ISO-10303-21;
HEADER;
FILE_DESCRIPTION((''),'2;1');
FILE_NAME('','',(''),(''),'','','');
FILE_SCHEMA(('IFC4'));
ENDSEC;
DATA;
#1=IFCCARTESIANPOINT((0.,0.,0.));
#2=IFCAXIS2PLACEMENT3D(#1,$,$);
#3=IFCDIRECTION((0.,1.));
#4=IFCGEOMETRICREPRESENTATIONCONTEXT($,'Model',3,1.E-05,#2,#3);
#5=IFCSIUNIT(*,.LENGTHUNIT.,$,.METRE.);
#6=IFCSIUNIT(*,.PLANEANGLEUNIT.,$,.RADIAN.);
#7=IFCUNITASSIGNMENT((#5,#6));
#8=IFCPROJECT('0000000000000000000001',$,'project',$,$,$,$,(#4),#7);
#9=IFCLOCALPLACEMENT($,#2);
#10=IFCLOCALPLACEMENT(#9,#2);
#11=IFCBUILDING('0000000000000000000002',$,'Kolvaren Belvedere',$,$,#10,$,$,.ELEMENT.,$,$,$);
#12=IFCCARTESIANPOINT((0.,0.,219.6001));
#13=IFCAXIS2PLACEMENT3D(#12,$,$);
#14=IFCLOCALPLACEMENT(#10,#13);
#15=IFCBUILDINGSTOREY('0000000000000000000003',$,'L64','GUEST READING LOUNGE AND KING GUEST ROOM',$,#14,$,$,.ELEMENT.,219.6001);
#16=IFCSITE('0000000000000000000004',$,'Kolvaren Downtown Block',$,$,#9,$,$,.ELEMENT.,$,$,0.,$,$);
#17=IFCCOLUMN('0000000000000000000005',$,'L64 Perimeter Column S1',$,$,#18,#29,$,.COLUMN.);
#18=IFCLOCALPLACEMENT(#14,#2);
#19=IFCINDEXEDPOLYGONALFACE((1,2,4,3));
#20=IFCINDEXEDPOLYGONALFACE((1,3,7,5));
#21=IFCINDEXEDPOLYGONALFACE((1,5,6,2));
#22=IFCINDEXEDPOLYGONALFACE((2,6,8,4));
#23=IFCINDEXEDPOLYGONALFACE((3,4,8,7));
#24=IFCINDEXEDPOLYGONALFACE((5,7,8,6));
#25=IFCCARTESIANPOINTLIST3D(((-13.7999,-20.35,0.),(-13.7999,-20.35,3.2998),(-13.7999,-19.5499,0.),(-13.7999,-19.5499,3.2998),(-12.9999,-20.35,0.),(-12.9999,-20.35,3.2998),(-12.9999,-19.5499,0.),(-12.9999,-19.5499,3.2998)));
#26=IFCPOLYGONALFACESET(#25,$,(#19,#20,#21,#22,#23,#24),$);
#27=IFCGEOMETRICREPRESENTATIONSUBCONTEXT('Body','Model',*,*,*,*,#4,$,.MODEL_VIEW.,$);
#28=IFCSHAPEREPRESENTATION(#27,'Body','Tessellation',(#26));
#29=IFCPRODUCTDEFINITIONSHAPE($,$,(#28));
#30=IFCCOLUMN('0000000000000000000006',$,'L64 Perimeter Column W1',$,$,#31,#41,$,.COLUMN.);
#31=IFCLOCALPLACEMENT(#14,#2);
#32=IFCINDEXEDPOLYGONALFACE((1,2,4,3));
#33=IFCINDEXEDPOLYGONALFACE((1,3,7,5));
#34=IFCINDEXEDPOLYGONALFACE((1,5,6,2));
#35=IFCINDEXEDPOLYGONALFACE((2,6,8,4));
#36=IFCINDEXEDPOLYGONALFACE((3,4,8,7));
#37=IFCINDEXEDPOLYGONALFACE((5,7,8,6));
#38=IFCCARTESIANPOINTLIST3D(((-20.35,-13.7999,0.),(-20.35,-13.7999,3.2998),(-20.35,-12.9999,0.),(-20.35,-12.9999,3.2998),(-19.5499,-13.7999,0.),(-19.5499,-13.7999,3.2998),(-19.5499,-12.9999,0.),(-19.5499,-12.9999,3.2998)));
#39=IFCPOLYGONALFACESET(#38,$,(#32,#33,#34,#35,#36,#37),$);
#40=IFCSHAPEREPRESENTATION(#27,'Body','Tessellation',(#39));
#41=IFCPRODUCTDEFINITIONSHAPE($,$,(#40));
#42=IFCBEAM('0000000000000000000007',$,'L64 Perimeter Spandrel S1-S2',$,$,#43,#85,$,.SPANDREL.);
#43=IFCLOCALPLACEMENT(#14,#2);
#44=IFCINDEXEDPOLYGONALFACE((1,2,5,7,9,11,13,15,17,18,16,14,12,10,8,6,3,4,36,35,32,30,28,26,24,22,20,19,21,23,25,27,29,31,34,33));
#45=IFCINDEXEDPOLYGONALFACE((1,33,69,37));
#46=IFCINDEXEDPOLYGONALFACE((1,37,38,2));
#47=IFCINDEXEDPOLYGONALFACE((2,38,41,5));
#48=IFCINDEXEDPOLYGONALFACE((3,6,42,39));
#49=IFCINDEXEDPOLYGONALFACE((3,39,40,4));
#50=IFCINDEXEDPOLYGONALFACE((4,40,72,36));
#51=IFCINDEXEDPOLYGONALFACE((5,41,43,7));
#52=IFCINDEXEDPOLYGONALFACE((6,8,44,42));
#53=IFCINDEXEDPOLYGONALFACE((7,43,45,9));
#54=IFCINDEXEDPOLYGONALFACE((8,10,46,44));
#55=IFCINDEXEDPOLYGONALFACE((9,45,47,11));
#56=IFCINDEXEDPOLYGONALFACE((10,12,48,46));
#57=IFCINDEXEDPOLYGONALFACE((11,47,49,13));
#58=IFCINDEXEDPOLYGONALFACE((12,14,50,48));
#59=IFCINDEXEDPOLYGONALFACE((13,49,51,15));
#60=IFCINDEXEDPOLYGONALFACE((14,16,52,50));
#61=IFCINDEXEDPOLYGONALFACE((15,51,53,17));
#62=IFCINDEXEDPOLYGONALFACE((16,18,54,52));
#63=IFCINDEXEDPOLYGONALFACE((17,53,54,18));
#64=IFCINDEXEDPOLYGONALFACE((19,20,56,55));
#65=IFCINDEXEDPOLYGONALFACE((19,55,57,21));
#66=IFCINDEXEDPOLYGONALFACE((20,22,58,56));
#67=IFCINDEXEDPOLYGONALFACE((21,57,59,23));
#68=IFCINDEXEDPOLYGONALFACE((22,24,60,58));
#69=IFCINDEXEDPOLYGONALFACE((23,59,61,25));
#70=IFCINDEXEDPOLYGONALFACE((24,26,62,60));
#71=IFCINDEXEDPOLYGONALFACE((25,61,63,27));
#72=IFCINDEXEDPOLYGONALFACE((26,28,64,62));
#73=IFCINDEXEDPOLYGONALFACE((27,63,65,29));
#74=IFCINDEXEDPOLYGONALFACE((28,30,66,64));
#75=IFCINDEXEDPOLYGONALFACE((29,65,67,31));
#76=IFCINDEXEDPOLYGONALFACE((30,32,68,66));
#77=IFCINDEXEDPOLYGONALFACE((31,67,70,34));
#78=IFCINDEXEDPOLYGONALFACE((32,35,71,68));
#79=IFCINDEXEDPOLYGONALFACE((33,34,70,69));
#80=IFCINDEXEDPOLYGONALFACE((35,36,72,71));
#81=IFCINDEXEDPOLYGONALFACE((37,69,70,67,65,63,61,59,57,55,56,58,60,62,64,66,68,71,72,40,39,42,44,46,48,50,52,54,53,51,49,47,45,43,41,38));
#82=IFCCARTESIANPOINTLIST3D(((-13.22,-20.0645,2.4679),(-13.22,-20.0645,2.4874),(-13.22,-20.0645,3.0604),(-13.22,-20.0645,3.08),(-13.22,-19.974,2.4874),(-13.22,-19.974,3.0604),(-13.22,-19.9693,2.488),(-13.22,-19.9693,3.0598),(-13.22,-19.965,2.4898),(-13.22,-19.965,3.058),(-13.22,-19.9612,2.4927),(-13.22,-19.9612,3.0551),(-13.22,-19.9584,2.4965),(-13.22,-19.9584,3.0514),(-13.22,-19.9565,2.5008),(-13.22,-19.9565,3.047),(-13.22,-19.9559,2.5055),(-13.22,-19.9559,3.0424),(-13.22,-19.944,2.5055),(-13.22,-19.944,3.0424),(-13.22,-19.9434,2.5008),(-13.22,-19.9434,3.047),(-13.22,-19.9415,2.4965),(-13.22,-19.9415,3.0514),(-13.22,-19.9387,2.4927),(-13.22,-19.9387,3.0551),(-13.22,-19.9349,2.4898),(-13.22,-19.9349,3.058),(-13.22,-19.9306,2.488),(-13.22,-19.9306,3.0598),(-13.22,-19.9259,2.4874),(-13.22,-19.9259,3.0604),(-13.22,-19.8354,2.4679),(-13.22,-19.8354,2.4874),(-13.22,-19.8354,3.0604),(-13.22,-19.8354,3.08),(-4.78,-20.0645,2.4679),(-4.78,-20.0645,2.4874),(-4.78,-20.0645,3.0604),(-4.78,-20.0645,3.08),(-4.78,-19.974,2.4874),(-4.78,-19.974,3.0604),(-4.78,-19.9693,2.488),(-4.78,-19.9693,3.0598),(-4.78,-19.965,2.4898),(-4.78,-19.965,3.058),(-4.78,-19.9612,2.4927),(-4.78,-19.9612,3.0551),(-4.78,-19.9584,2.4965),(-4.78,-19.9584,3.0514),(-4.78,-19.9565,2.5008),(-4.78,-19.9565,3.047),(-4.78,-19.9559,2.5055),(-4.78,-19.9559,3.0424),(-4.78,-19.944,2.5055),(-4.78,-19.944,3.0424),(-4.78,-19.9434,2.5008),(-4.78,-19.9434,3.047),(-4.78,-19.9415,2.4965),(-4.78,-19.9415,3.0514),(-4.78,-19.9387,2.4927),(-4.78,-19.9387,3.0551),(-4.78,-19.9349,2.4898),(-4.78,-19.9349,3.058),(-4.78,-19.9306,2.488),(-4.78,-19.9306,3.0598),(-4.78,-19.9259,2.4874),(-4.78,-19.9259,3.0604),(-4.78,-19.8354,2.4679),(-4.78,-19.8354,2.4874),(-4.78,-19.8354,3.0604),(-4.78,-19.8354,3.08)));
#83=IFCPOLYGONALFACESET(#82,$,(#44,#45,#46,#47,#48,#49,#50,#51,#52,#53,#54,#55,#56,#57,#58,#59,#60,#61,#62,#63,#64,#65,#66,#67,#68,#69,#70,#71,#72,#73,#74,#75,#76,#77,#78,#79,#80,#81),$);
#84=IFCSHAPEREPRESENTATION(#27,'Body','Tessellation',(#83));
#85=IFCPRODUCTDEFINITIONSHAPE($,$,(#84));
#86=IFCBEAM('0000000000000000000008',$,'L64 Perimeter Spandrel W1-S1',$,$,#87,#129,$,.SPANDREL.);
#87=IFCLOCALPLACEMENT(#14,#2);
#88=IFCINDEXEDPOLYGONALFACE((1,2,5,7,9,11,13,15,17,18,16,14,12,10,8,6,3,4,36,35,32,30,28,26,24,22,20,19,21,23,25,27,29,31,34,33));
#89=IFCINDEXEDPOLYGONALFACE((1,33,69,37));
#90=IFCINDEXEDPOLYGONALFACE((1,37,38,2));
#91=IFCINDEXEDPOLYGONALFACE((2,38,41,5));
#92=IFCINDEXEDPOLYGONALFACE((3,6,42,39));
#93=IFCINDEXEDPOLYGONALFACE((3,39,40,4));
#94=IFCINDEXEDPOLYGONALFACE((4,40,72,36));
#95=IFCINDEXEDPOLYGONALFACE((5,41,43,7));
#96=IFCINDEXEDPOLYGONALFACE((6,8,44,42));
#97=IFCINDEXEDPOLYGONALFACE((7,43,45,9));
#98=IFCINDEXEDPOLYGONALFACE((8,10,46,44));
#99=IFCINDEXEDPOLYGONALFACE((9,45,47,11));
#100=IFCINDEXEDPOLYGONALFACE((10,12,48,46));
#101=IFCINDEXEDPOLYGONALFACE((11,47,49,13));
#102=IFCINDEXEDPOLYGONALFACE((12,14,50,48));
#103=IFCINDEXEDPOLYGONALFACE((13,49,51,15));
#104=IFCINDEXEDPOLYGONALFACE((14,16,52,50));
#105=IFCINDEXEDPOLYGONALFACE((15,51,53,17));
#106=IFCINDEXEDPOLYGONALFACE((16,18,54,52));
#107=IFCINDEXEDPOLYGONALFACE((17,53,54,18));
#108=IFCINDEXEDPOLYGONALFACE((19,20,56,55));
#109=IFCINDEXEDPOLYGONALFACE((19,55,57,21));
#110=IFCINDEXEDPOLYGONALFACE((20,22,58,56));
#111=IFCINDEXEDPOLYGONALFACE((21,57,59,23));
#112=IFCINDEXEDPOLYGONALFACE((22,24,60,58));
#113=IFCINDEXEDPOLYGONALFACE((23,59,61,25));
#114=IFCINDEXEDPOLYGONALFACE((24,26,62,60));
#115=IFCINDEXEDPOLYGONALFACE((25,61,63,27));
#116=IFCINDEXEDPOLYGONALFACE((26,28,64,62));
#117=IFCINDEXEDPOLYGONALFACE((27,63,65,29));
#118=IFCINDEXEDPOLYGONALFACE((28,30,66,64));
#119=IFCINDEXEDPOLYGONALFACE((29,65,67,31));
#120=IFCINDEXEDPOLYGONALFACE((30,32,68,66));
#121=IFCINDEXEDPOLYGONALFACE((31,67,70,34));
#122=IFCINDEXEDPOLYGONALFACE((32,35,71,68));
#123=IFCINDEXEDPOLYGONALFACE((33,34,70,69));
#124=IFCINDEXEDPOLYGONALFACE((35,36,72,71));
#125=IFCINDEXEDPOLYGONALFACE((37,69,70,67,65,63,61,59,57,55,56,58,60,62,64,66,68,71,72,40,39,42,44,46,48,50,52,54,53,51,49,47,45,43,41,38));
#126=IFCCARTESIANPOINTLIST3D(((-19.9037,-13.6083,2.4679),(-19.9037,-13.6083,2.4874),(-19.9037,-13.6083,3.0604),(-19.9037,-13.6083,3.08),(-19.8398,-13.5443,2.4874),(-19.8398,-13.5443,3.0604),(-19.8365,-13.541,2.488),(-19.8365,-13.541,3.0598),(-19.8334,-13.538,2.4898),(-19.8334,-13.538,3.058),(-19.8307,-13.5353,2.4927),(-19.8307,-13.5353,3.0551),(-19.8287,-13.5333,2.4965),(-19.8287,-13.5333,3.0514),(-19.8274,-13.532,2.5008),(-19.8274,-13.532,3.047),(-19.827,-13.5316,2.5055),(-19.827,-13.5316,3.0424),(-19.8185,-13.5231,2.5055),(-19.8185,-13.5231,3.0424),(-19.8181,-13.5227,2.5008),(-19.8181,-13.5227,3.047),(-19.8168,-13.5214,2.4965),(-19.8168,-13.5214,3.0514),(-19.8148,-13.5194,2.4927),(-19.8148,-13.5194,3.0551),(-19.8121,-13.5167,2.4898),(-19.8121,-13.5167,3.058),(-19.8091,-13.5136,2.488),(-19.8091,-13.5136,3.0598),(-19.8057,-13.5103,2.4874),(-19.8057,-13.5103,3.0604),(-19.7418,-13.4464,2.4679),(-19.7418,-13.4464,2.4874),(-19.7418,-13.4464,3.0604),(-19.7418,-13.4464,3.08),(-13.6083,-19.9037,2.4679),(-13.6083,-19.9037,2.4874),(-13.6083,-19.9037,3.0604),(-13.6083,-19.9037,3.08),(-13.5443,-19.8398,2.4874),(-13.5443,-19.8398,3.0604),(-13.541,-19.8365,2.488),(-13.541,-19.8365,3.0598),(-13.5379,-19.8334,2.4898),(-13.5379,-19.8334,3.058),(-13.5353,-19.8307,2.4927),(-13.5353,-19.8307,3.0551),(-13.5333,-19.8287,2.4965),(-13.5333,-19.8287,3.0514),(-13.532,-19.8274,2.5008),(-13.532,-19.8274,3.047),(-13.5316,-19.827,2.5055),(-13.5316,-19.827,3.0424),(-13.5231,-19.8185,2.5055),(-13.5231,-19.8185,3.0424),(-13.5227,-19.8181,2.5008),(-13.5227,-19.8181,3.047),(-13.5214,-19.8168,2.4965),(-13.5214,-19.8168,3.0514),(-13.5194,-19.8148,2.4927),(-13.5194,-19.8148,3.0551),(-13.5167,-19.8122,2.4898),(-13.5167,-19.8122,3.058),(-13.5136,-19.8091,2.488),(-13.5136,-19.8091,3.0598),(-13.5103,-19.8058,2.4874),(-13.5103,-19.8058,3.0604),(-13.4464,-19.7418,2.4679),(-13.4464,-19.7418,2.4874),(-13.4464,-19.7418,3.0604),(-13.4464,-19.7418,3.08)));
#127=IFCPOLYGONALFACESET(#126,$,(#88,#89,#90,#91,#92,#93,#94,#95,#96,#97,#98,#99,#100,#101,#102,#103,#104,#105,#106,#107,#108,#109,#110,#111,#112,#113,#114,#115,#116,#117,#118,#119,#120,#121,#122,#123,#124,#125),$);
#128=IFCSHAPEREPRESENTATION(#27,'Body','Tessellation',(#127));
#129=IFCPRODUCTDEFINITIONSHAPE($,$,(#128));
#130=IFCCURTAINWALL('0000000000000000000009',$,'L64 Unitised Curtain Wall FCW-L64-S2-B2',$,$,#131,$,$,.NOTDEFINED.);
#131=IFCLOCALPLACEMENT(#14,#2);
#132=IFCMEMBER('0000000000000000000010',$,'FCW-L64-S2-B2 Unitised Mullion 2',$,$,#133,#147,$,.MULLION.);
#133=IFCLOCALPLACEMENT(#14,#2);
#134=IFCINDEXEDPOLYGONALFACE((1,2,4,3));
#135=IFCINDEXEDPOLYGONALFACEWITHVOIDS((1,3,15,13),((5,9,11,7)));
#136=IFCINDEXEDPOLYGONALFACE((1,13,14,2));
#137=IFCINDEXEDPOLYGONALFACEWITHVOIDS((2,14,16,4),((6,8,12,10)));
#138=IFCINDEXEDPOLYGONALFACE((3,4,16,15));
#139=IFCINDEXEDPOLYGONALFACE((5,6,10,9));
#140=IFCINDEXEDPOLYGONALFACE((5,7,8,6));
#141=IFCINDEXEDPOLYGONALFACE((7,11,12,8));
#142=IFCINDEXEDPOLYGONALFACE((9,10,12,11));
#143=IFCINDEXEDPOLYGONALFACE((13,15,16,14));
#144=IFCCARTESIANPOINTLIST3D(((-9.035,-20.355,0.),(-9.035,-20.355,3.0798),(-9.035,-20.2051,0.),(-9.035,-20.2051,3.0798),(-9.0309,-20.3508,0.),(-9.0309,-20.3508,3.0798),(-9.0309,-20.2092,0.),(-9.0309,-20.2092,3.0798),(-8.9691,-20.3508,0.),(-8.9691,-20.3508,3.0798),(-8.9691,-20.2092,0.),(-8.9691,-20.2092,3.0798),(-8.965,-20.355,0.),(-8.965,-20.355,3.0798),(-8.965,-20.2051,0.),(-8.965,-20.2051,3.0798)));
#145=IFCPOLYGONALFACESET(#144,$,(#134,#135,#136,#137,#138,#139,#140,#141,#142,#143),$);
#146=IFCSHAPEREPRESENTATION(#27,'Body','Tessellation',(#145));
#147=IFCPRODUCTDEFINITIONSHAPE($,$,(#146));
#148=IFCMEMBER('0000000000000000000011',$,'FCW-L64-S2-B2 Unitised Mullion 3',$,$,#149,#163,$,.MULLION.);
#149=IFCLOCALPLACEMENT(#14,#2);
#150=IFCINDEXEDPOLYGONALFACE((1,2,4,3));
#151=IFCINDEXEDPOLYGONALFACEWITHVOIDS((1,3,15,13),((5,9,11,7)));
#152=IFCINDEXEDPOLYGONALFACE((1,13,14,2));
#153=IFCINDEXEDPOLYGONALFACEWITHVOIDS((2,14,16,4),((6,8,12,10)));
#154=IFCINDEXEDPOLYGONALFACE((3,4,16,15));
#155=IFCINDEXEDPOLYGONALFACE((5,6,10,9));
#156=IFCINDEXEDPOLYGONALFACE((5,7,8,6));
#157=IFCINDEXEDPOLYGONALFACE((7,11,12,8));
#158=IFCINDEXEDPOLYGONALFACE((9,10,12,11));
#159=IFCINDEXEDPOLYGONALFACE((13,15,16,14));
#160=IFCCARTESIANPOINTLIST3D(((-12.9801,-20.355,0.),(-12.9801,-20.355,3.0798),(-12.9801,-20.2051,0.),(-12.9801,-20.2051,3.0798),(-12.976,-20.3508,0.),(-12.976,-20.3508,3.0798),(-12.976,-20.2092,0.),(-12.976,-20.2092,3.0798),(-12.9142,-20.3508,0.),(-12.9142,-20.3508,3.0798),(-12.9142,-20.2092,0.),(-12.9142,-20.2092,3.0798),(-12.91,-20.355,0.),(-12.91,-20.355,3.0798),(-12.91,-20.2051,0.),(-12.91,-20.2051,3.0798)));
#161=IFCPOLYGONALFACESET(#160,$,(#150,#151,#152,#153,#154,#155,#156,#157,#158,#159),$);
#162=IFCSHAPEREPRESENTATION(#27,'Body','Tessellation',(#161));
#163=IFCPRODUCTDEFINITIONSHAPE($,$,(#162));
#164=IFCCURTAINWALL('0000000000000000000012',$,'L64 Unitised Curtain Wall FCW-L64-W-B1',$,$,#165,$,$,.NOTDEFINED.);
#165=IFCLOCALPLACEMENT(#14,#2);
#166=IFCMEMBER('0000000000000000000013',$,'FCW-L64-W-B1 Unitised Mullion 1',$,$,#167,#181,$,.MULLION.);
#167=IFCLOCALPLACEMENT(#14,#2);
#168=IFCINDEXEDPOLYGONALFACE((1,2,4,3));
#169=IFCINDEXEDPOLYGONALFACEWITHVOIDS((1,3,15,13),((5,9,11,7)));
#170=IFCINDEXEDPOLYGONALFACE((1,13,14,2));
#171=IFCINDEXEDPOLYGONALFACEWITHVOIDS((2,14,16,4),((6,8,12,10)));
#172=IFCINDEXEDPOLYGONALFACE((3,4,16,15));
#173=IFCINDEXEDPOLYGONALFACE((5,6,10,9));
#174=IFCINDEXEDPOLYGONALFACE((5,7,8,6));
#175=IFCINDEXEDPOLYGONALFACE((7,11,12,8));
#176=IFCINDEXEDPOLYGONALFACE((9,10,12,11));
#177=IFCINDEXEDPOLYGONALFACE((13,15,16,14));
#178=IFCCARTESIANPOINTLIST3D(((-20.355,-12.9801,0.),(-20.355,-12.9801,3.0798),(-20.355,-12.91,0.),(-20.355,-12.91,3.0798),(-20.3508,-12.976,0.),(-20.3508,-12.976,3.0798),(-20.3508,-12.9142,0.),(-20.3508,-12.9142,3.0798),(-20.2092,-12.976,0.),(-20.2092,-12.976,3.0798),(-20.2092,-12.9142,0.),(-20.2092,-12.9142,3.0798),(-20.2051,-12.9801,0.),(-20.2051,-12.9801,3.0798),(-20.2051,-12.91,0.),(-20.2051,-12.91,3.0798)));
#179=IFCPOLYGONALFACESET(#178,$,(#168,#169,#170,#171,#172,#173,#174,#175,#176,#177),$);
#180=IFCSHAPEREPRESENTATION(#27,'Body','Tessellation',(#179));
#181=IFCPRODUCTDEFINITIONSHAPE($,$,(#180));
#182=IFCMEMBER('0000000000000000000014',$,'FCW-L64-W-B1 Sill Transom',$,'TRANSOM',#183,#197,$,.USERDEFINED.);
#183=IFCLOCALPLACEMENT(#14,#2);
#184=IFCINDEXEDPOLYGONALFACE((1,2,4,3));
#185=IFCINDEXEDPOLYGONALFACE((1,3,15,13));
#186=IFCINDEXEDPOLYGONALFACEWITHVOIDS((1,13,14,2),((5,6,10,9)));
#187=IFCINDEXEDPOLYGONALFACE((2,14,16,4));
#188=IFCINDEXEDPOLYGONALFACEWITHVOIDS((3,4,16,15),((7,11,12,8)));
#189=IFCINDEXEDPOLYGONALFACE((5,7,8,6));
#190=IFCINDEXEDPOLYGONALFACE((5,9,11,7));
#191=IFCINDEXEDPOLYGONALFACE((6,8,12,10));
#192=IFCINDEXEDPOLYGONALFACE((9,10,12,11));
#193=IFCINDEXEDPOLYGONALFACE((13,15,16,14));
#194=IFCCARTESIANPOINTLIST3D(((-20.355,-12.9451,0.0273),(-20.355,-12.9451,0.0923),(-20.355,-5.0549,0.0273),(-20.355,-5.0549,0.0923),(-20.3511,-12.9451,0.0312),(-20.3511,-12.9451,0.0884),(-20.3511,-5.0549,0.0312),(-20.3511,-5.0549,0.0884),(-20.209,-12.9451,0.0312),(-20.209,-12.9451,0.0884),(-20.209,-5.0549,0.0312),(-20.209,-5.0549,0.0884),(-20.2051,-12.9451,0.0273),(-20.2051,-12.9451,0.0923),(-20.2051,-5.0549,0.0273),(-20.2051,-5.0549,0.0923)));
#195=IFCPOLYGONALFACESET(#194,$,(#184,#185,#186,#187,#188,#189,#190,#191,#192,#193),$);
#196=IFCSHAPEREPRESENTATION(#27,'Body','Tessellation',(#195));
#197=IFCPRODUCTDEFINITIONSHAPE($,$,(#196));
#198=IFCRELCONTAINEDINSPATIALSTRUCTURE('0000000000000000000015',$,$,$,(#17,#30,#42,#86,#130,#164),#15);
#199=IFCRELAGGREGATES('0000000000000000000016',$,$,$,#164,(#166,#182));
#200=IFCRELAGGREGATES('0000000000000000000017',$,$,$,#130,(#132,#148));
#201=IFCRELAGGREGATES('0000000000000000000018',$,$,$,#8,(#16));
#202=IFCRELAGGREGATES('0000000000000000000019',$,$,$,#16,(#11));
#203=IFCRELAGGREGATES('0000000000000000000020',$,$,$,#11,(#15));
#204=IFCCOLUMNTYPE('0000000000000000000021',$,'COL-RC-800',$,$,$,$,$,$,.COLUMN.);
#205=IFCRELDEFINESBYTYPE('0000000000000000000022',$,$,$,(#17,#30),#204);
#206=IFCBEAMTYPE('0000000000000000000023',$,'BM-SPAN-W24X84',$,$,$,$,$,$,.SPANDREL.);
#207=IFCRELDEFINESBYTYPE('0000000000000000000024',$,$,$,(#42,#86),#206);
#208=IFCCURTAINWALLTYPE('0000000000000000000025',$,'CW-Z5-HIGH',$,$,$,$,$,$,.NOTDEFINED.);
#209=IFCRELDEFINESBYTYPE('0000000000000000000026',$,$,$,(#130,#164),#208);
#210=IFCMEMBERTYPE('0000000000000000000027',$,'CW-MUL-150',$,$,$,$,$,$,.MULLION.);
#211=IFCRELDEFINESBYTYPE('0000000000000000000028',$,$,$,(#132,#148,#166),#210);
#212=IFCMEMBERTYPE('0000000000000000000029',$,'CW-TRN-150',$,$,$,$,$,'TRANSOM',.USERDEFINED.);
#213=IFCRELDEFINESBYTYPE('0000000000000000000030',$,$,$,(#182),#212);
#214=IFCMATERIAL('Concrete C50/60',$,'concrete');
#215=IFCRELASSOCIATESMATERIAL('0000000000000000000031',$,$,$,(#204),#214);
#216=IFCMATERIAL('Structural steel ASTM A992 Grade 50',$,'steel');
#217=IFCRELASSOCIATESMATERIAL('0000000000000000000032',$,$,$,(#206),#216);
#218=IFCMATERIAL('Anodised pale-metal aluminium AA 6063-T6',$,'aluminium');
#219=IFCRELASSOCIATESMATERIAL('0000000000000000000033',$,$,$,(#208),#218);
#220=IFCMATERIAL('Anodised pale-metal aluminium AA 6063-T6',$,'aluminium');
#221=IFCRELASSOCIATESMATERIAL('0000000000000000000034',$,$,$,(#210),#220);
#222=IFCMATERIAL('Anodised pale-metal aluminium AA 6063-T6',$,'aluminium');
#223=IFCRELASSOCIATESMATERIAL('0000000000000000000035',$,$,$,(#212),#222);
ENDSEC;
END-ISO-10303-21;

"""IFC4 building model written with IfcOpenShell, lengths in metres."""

from ifc_helpers import new_model, si_unit, direction, frame, origin, origin_2d, place, context, subcontext, project, spatial, rectangle, hollow_rectangle, i_section, extrude, material, material_profile, profile_set, type_object, element, aggregate, save


model = new_model("IFC4")

# Units and contexts
model_context = context("Model", 3, precision=1e-05, world=origin(), true_north=direction((0.0, 1.0)))
body_context = subcontext(model_context, "Body", "Model", "MODEL_VIEW")
ifc_project = project(units=[si_unit("LENGTHUNIT", "METRE"), si_unit("PLANEANGLEUNIT", "RADIAN")], contexts=[model_context])

# Site, building, storey
site_placement = place(None, origin())
site = spatial("IfcSite", under=ifc_project, at=site_placement, Name="Kolvaren Downtown Block", CompositionType="ELEMENT", RefElevation=0.0)
building_placement = place(site_placement, origin())
building = spatial("IfcBuilding", under=site, at=building_placement, Name="Kolvaren Belvedere", CompositionType="ELEMENT")
storey_placement = place(building_placement, frame((0.0, 0.0, 219.6001)))
storey = spatial("IfcBuildingStorey", under=building, at=storey_placement, Name="L64", Description="GUEST READING LOUNGE AND KING GUEST ROOM", CompositionType="ELEMENT", Elevation=219.6001)

# Columns
ifc_material_1 = material(Name="Concrete C50/60", Category="concrete")
ifc_material_profile_1 = material_profile(ifc_material_1, rectangle(XDim=0.8, YDim=0.8, at=origin_2d()), Name="RC 800X800")
ifc_profile_set_1 = profile_set([ifc_material_profile_1], Name="Concrete C50/60")
column_type = type_object("IfcColumnType", Name="COL-RC-800", PredefinedType="COLUMN", material=ifc_profile_set_1)
for number, where, z_axis, x_axis, name in (
    (1, (-13.3999, -19.95, 0.0), (0.0, 0.0, 1.0), (1.0, 0.0, 0.0), "L64 Perimeter Column S1"),
    (2, (-19.95, -13.3999, 0.0), (0.0, 0.0, 1.0), (1.0, 0.0, 0.0), "L64 Perimeter Column W1"),
):
    element("IfcColumn", number, at=place(storey_placement, frame(where, z_axis=z_axis, x_axis=x_axis)), inside=storey, type_object=column_type, Name=name, PredefinedType="COLUMN", context=body_context, shape_type="SweptSolid", body=[
        extrude(rectangle(XDim=0.8, YDim=0.8, at=origin_2d()), origin(), (0.0, 0.0, 1.0), 3.2998),
    ])

# Beams
ifc_material_2 = material(Name="Structural steel ASTM A992 Grade 50", Category="steel")
ifc_material_profile_2 = material_profile(ifc_material_2, i_section(OverallWidth=0.229, OverallDepth=0.6121, WebThickness=0.012, FlangeThickness=0.0195, FilletRadius=0.0181, at=origin_2d()), Name="W24X84")
ifc_profile_set_2 = profile_set([ifc_material_profile_2], Name="Structural steel ASTM A992 Grade 50")
beam_type = type_object("IfcBeamType", Name="BM-SPAN-W24X84", PredefinedType="SPANDREL", material=ifc_profile_set_2)
beam_1_placement = place(storey_placement, frame((-13.22, -19.95, 2.7739), z_axis=(1.0, 0.0, 0.0), x_axis=(0.0, 1.0, 0.0)))
element("IfcBeam", 3, at=beam_1_placement, inside=storey, type_object=beam_type, Name="L64 Perimeter Spandrel S1-S2", PredefinedType="SPANDREL", context=body_context, shape_type="SweptSolid", body=[
    extrude(i_section(OverallWidth=0.229, OverallDepth=0.6121, WebThickness=0.012, FlangeThickness=0.0195, FilletRadius=0.0181, at=origin_2d()), origin(), (0.0, 0.0, 1.0), 8.4399),
])
beam_2_placement = place(storey_placement, frame((-19.8228, -13.5273, 2.7739), z_axis=(0.707107, -0.707107, 0.0), x_axis=(0.707107, 0.707107, 0.0)))
element("IfcBeam", 4, at=beam_2_placement, inside=storey, type_object=beam_type, Name="L64 Perimeter Spandrel W1-S1", PredefinedType="SPANDREL", context=body_context, shape_type="SweptSolid", body=[
    extrude(i_section(OverallWidth=0.229, OverallDepth=0.6121, WebThickness=0.012, FlangeThickness=0.0195, FilletRadius=0.0181, at=origin_2d()), origin(), (0.0, 0.0, 1.0), 8.9031),
])

# Curtain walls, members
ifc_material_3 = material(Name="Anodised pale-metal aluminium AA 6063-T6", Category="aluminium")
curtain_wall_type = type_object("IfcCurtainWallType", Name="CW-Z5-HIGH", PredefinedType="NOTDEFINED", material=ifc_material_3)
curtain_wall_1_placement = place(storey_placement, origin())
curtain_wall_1 = element("IfcCurtainWall", 5, at=curtain_wall_1_placement, inside=storey, type_object=curtain_wall_type, Name="L64 Unitised Curtain Wall FCW-L64-S2-B2", PredefinedType="NOTDEFINED")
ifc_material_4 = material(Name="Anodised pale-metal aluminium AA 6063-T6", Category="aluminium")
ifc_material_profile_3 = material_profile(ifc_material_4, hollow_rectangle(XDim=0.0701, YDim=0.1499, WallThickness=0.0042, at=origin_2d()), Name="ALU-MUL-150X70")
ifc_profile_set_3 = profile_set([ifc_material_profile_3], Name="Anodised pale-metal aluminium AA 6063-T6")
member_type_1 = type_object("IfcMemberType", Name="CW-MUL-150", PredefinedType="MULLION", material=ifc_profile_set_3)
member_1_placement = place(storey_placement, frame((-9.0, -20.28, 0.0), z_axis=(0.0, 0.0, 1.0), x_axis=(1.0, 0.0, 0.0)))
member_1 = element("IfcMember", 6, at=member_1_placement, type_object=member_type_1, Name="FCW-L64-S2-B2 Unitised Mullion 2", PredefinedType="MULLION", context=body_context, shape_type="SweptSolid", body=[
    extrude(hollow_rectangle(XDim=0.0701, YDim=0.1499, WallThickness=0.0042, at=origin_2d()), origin(), (0.0, 0.0, 1.0), 3.0798),
])
member_2_placement = place(storey_placement, frame((-12.9451, -20.28, 0.0), z_axis=(0.0, 0.0, 1.0), x_axis=(1.0, 0.0, 0.0)))
member_2 = element("IfcMember", 7, at=member_2_placement, type_object=member_type_1, Name="FCW-L64-S2-B2 Unitised Mullion 3", PredefinedType="MULLION", context=body_context, shape_type="SweptSolid", body=[
    extrude(hollow_rectangle(XDim=0.0701, YDim=0.1499, WallThickness=0.0042, at=origin_2d()), origin(), (0.0, 0.0, 1.0), 3.0798),
])
curtain_wall_2_placement = place(storey_placement, origin())
curtain_wall_2 = element("IfcCurtainWall", 8, at=curtain_wall_2_placement, inside=storey, type_object=curtain_wall_type, Name="L64 Unitised Curtain Wall FCW-L64-W-B1", PredefinedType="NOTDEFINED")
member_3_placement = place(storey_placement, frame((-20.28, -12.9451, 0.0), z_axis=(0.0, 0.0, 1.0), x_axis=(0.0, 1.0, 0.0)))
member_3 = element("IfcMember", 9, at=member_3_placement, type_object=member_type_1, Name="FCW-L64-W-B1 Unitised Mullion 1", PredefinedType="MULLION", context=body_context, shape_type="SweptSolid", body=[
    extrude(hollow_rectangle(XDim=0.0701, YDim=0.1499, WallThickness=0.0042, at=origin_2d()), origin(), (0.0, 0.0, 1.0), 3.0798),
])
ifc_material_5 = material(Name="Anodised pale-metal aluminium AA 6063-T6", Category="aluminium")
ifc_material_profile_4 = material_profile(ifc_material_5, hollow_rectangle(XDim=0.0649, YDim=0.1499, WallThickness=0.0039, at=origin_2d()), Name="ALU-TRN-150X65")
ifc_profile_set_4 = profile_set([ifc_material_profile_4], Name="Anodised pale-metal aluminium AA 6063-T6")
member_type_2 = type_object("IfcMemberType", Name="CW-TRN-150", ElementType="TRANSOM", PredefinedType="USERDEFINED", material=ifc_profile_set_4)
member_4_placement = place(storey_placement, frame((-20.28, -12.9451, 0.0598), z_axis=(0.0, 1.0, 0.0), x_axis=(0.0, 0.0, 1.0)))
member_4 = element("IfcMember", 10, at=member_4_placement, type_object=member_type_2, Name="FCW-L64-W-B1 Sill Transom", ObjectType="TRANSOM", PredefinedType="USERDEFINED", context=body_context, shape_type="SweptSolid", body=[
    extrude(hollow_rectangle(XDim=0.0649, YDim=0.1499, WallThickness=0.0039, at=origin_2d()), origin(), (0.0, 0.0, 1.0), 7.8901),
])
aggregate(curtain_wall_2, [member_3, member_4])

aggregate(curtain_wall_1, [member_1, member_2])

save(model, "model.ifc")
